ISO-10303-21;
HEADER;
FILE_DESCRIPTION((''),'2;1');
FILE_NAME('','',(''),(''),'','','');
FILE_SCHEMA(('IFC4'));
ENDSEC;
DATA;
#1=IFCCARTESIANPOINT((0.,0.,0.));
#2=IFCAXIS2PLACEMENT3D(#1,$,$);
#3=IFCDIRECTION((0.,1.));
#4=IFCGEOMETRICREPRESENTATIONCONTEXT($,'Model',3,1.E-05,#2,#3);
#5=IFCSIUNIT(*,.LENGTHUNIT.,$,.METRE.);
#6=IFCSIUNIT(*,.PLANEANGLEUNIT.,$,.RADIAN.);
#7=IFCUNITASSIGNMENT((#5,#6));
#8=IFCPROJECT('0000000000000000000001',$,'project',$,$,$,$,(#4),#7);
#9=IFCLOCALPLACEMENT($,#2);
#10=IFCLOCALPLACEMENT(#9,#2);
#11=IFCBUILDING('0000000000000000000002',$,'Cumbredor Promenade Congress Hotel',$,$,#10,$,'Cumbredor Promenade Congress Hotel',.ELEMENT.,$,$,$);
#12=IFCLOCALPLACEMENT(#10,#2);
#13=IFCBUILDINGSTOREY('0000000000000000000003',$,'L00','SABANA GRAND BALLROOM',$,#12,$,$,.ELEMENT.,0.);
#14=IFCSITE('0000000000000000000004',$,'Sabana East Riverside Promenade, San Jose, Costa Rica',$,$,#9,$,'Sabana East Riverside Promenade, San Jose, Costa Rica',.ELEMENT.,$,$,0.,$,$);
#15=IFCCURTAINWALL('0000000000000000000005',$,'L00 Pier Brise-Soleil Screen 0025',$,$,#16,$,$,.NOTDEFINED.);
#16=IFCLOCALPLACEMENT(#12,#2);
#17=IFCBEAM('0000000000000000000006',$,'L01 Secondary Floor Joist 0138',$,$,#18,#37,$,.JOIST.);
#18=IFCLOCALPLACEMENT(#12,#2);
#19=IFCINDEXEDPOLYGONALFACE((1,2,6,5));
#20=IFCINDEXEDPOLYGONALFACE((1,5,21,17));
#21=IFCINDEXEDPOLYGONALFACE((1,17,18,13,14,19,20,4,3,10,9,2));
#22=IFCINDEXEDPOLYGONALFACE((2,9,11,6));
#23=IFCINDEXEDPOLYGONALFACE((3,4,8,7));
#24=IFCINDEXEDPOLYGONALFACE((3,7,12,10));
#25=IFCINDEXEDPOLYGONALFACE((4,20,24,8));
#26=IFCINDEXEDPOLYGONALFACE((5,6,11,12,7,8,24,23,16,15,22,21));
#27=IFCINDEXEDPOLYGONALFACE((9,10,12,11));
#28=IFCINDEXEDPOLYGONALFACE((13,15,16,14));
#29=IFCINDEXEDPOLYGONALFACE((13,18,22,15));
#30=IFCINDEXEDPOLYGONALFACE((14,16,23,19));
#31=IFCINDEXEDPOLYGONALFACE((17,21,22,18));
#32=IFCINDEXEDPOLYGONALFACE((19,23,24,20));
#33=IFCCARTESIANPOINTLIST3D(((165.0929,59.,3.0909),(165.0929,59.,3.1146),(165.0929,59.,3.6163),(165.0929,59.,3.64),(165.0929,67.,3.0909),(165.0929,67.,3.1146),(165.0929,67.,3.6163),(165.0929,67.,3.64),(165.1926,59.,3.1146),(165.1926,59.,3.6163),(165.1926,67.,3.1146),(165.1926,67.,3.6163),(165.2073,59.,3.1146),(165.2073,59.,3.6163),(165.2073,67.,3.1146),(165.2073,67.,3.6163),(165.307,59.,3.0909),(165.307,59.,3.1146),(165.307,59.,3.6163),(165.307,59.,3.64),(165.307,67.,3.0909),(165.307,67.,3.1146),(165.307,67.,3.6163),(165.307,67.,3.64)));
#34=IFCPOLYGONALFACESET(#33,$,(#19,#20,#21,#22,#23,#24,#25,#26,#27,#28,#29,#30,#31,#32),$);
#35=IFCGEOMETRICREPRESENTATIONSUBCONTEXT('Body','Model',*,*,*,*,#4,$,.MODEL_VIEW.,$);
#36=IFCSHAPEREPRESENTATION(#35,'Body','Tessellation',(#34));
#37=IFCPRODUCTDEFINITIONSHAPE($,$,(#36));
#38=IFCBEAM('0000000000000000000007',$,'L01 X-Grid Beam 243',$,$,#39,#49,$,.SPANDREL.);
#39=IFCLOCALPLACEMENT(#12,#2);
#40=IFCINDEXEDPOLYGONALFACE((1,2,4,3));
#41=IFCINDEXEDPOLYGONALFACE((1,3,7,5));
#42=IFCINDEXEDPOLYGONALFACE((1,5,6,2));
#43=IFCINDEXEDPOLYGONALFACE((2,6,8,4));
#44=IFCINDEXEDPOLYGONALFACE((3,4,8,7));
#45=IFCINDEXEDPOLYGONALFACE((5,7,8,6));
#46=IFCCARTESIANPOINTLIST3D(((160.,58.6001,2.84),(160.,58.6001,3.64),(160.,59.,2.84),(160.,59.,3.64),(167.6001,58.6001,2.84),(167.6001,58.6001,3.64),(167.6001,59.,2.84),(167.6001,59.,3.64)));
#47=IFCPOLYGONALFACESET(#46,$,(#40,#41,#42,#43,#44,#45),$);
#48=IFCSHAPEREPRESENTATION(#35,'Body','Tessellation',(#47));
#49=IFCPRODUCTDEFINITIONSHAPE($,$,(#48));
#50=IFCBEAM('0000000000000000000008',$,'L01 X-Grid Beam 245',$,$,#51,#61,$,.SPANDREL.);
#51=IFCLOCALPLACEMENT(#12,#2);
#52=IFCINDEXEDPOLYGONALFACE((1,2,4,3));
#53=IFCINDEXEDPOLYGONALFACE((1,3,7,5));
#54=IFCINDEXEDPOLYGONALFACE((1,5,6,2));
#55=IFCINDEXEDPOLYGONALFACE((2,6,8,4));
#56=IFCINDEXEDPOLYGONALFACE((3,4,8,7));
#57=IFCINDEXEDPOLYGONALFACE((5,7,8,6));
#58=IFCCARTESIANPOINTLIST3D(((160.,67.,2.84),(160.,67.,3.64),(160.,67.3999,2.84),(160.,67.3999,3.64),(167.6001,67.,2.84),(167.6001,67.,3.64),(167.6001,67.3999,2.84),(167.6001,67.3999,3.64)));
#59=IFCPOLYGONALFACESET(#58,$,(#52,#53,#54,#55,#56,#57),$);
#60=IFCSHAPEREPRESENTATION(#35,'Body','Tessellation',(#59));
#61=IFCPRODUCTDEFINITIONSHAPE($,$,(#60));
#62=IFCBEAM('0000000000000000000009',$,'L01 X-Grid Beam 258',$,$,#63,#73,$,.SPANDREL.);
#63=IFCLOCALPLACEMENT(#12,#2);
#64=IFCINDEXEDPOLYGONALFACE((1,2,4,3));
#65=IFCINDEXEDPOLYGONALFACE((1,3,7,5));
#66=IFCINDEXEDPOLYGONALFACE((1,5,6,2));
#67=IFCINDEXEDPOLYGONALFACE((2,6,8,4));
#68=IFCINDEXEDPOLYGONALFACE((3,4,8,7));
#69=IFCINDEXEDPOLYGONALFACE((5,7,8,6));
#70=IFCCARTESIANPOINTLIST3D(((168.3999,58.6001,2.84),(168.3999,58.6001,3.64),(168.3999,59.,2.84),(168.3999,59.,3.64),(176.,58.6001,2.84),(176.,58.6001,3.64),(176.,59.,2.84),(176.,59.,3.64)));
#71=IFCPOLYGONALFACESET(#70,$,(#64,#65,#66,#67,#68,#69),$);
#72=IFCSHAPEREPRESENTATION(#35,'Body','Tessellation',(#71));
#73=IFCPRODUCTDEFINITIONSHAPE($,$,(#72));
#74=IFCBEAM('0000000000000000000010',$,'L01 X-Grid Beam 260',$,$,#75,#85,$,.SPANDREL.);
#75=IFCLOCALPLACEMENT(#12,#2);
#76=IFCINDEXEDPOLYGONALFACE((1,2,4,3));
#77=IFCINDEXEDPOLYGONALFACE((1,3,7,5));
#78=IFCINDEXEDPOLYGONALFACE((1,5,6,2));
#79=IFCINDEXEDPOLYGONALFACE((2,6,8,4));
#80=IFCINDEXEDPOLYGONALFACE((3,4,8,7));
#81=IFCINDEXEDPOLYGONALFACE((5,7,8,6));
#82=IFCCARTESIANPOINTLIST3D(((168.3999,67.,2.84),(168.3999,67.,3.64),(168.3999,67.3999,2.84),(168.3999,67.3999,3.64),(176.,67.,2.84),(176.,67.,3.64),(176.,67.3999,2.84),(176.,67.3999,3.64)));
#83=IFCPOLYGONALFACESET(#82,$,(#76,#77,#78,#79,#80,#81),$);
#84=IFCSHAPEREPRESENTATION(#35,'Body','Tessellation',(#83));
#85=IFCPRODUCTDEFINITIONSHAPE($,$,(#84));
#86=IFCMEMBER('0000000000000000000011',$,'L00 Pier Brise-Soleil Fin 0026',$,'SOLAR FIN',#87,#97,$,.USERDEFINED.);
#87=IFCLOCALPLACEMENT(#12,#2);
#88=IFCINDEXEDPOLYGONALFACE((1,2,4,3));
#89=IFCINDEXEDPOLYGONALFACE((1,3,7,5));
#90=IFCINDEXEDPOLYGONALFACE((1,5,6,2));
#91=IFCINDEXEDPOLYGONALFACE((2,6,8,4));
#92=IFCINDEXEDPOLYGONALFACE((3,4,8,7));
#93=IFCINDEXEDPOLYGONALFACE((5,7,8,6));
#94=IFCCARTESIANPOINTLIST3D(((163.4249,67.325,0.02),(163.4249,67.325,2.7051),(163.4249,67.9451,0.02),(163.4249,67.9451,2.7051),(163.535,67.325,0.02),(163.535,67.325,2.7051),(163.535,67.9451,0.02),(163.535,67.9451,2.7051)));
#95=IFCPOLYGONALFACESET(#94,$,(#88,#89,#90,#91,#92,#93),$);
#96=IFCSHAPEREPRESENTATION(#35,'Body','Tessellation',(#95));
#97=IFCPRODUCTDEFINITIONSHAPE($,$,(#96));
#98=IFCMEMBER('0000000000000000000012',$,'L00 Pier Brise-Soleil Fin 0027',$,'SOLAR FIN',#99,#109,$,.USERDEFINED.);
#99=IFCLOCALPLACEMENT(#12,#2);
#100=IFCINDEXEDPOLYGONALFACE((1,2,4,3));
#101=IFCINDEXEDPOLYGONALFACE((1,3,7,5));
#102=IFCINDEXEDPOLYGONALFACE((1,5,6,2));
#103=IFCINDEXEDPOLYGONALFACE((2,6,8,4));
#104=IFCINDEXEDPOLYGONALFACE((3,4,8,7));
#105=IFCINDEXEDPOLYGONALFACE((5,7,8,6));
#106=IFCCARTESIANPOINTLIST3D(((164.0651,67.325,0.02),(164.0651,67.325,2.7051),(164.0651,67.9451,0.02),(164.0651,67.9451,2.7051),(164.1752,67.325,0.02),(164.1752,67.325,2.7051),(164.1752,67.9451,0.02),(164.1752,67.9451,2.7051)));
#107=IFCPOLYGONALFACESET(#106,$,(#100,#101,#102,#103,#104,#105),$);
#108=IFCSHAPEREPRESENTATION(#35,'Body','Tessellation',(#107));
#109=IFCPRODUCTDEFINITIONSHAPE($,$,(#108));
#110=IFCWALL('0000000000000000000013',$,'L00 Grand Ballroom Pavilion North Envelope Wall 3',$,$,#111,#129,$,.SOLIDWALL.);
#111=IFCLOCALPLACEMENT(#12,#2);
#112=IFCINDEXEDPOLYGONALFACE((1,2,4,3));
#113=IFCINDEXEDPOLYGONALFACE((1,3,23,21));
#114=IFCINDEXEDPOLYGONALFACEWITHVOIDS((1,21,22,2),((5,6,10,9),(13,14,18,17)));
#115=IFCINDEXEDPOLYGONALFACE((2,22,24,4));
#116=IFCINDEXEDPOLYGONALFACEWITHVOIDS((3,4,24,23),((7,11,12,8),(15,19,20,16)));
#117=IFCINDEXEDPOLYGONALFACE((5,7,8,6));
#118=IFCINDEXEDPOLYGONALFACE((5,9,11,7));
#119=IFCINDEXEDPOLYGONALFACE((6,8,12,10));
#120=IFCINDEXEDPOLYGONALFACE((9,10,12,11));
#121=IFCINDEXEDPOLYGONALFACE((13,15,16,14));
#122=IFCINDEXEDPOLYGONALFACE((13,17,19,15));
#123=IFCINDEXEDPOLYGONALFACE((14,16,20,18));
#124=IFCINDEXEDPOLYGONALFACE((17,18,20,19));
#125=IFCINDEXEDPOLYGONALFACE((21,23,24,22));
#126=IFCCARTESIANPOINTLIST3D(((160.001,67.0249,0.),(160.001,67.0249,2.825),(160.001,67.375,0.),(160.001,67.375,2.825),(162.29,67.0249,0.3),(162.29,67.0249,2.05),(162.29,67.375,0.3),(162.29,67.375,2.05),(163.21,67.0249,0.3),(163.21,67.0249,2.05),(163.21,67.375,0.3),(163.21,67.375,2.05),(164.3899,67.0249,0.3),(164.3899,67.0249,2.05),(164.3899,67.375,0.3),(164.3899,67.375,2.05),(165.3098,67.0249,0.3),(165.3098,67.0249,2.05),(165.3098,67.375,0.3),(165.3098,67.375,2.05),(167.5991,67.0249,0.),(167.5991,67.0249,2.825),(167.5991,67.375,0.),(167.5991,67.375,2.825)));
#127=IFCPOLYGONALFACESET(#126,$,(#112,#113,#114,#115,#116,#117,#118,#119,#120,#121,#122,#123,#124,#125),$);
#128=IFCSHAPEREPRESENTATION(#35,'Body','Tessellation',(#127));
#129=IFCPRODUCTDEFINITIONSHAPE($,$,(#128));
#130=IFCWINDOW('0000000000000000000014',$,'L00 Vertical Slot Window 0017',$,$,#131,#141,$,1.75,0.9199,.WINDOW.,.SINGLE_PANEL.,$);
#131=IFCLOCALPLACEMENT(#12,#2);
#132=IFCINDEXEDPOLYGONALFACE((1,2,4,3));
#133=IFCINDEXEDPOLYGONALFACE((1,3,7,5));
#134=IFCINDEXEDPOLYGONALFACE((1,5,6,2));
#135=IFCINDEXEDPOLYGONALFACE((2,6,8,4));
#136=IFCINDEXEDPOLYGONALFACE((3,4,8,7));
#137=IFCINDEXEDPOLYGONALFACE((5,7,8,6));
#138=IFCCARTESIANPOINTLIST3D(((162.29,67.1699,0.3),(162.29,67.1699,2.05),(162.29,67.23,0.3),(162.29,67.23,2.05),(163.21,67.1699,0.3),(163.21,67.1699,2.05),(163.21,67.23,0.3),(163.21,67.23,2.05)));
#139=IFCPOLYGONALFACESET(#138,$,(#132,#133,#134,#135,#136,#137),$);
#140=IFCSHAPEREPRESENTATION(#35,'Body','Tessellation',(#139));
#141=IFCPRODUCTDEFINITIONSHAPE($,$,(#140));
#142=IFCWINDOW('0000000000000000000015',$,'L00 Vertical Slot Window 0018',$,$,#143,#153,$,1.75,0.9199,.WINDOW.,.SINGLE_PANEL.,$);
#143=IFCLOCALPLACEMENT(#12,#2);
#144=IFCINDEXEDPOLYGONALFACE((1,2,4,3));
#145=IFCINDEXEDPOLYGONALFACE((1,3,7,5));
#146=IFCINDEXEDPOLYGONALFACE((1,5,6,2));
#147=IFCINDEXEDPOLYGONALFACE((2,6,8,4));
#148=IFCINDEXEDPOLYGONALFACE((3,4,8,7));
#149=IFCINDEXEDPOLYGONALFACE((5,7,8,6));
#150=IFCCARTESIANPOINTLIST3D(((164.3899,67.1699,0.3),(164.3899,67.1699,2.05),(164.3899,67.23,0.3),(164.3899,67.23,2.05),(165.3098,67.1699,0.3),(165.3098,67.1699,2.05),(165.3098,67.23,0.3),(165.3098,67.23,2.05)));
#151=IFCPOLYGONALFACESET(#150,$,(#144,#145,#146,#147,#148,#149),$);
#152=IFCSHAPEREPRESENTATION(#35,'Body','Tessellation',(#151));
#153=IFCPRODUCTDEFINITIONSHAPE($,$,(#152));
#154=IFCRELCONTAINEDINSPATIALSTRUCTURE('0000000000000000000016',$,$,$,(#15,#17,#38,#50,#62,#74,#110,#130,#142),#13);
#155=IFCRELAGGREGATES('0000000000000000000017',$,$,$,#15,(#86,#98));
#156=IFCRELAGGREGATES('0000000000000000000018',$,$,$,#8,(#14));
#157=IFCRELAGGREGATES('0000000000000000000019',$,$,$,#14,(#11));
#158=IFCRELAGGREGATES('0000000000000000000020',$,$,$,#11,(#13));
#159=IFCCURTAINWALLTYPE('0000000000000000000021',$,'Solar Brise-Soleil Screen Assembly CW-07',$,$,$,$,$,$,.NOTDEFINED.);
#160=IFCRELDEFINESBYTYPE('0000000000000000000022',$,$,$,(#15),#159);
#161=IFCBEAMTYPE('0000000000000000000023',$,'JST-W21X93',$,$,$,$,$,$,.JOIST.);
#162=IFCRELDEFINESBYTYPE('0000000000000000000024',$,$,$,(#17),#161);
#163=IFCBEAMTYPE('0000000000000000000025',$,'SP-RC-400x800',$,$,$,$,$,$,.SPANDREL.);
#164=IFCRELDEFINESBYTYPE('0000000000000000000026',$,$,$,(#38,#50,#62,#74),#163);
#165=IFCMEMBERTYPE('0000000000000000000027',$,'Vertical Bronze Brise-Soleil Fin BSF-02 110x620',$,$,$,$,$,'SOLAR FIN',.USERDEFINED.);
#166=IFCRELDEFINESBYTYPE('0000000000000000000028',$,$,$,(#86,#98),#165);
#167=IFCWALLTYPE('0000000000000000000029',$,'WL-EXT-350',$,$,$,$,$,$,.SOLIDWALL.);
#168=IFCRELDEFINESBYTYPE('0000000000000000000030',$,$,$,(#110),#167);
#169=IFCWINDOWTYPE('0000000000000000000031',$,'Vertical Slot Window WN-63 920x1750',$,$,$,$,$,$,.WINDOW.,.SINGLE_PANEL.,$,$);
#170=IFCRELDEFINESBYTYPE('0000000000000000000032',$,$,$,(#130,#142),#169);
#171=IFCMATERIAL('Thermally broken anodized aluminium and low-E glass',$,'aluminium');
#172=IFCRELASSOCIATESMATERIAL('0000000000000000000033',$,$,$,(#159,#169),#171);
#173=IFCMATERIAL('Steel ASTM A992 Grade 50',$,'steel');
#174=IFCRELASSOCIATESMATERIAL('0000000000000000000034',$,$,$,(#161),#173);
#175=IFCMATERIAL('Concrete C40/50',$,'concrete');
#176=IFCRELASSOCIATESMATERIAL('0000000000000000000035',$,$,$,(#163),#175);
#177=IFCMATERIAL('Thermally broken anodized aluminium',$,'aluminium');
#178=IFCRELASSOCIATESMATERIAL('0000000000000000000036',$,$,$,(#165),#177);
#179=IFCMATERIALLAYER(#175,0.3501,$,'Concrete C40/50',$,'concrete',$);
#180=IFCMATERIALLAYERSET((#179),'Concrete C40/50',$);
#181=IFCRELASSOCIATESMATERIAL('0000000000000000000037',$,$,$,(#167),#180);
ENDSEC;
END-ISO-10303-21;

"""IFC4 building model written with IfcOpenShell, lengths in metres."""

from ifc_helpers import new_model, si_unit, direction, frame, frame_2d, origin, origin_2d, place, context, subcontext, project, spatial, rectangle, i_section, extrude, material, layer, layer_set, material_profile, profile_set, type_object, element, fill, aggregate, save


model = new_model("IFC4")

# Units and contexts
model_context = context("Model", 3, precision=1e-05, world=origin(), true_north=direction((0.0, 1.0)))
body_context = subcontext(model_context, "Body", "Model", "MODEL_VIEW")
ifc_project = project(units=[si_unit("LENGTHUNIT", "METRE"), si_unit("PLANEANGLEUNIT", "RADIAN")], contexts=[model_context])

# Site, building, storey
site_placement = place(None, origin())
site = spatial("IfcSite", under=ifc_project, at=site_placement, Name="Sabana East Riverside Promenade, San Jose, Costa Rica", LongName="Sabana East Riverside Promenade, San Jose, Costa Rica", CompositionType="ELEMENT", RefElevation=0.0)
building_placement = place(site_placement, origin())
building = spatial("IfcBuilding", under=site, at=building_placement, Name="Cumbredor Promenade Congress Hotel", LongName="Cumbredor Promenade Congress Hotel", CompositionType="ELEMENT")
storey_placement = place(building_placement, origin())
storey = spatial("IfcBuildingStorey", under=building, at=storey_placement, Name="L00", Description="SABANA GRAND BALLROOM", CompositionType="ELEMENT", Elevation=0.0)

# Shared definitions
ifc_material_1 = material(Name="Concrete C40/50", Category="concrete")

# Curtain wall
ifc_material_2 = material(Name="Thermally broken anodized aluminium and low-E glass", Category="aluminium")
ifc_material_3 = material(Name="Thermally broken anodized aluminium", Category="aluminium")
curtain_wall_type_1 = type_object("IfcCurtainWallType", Name="Solar Brise-Soleil Screen Assembly CW-07", PredefinedType="NOTDEFINED", material=ifc_material_2)
curtain_wall_1_placement = place(storey_placement, origin())
curtain_wall_1 = element("IfcCurtainWall", 1, at=curtain_wall_1_placement, inside=storey, type_object=curtain_wall_type_1, Name="L00 Pier Brise-Soleil Screen 0025", PredefinedType="NOTDEFINED")

# Beams
ifc_material_4 = material(Name="Steel ASTM A992 Grade 50", Category="steel")
ifc_material_profile_1 = material_profile(ifc_material_4, i_section(OverallWidth=0.2141, OverallDepth=0.5491, WebThickness=0.0146, FlangeThickness=0.0237, at=origin_2d()), Name="W21X93")
ifc_profile_set_1 = profile_set([ifc_material_profile_1], Name="Steel ASTM A992 Grade 50")
beam_type_1 = type_object("IfcBeamType", Name="JST-W21X93", PredefinedType="JOIST", material=ifc_profile_set_1)
for number, where, z_axis, x_axis, name in (
    (2, (165.2, 59.0, 3.3655), (0.0, 1.0, 0.0), (-1.0, 0.0, 0.0), "L01 Secondary Floor Joist 0138"),
):
    element("IfcBeam", number, at=place(storey_placement, frame(where, z_axis=z_axis, x_axis=x_axis)), inside=storey, type_object=beam_type_1, Name=name, PredefinedType="JOIST", context=body_context, shape_type="SweptSolid", body=[
        extrude(i_section(OverallWidth=0.2141, OverallDepth=0.5491, WebThickness=0.0146, FlangeThickness=0.0237, at=origin_2d()), origin(), (0.0, 0.0, 1.0), 8.0),
    ])
ifc_material_profile_2 = material_profile(ifc_material_1, rectangle(XDim=0.3999, YDim=0.8, at=origin_2d()), Name="RC SPANDREL 400x800")
ifc_profile_set_2 = profile_set([ifc_material_profile_2], Name="Concrete C40/50")
beam_type_2 = type_object("IfcBeamType", Name="SP-RC-400x800", PredefinedType="SPANDREL", material=ifc_profile_set_2)
for number, where, z_axis, x_axis, name in (
    (3, (160.0, 58.8, 3.24), (1.0, 0.0, 0.0), (0.0, 1.0, 0.0), "L01 X-Grid Beam 243"),
    (4, (160.0, 67.2, 3.24), (1.0, 0.0, 0.0), (0.0, 1.0, 0.0), "L01 X-Grid Beam 245"),
    (5, (168.3999, 58.8, 3.24), (1.0, 0.0, 0.0), (0.0, 1.0, 0.0), "L01 X-Grid Beam 258"),
    (6, (168.3999, 67.2, 3.24), (1.0, 0.0, 0.0), (0.0, 1.0, 0.0), "L01 X-Grid Beam 260"),
):
    element("IfcBeam", number, at=place(storey_placement, frame(where, z_axis=z_axis, x_axis=x_axis)), inside=storey, type_object=beam_type_2, Name=name, PredefinedType="SPANDREL", context=body_context, shape_type="SweptSolid", body=[
        extrude(rectangle(XDim=0.3999, YDim=0.8, at=origin_2d()), origin(), (0.0, 0.0, 1.0), 7.6001),
    ])

# Members
ifc_material_profile_3 = material_profile(ifc_material_3, rectangle(XDim=0.1101, YDim=0.6201, at=origin_2d()), Name="ARCH FIN 110x620")
ifc_profile_set_3 = profile_set([ifc_material_profile_3], Name="Thermally broken anodized aluminium")
member_type_1 = type_object("IfcMemberType", Name="Vertical Bronze Brise-Soleil Fin BSF-02 110x620", ElementType="SOLAR FIN", PredefinedType="USERDEFINED", material=ifc_profile_set_3)
member_1_placement = place(storey_placement, frame((163.48, 67.635, 0.02), z_axis=(0.0, 0.0, 1.0), x_axis=(1.0, 0.0, 0.0)))
member_1 = element("IfcMember", 7, at=member_1_placement, type_object=member_type_1, Name="L00 Pier Brise-Soleil Fin 0026", ObjectType="SOLAR FIN", PredefinedType="USERDEFINED", context=body_context, shape_type="SweptSolid", body=[
    extrude(rectangle(XDim=0.1101, YDim=0.6201, at=origin_2d()), origin(), (0.0, 0.0, 1.0), 2.6851),
])
member_2_placement = place(storey_placement, frame((164.1201, 67.635, 0.02), z_axis=(0.0, 0.0, 1.0), x_axis=(1.0, 0.0, 0.0)))
member_2 = element("IfcMember", 8, at=member_2_placement, type_object=member_type_1, Name="L00 Pier Brise-Soleil Fin 0027", ObjectType="SOLAR FIN", PredefinedType="USERDEFINED", context=body_context, shape_type="SweptSolid", body=[
    extrude(rectangle(XDim=0.1101, YDim=0.6201, at=origin_2d()), origin(), (0.0, 0.0, 1.0), 2.6851),
])
aggregate(curtain_wall_1, [member_1, member_2])

# Wall, openings, windows
ifc_layer_1 = layer(ifc_material_1, 0.3501, Name="Concrete C40/50", Category="concrete")
ifc_layer_set_1 = layer_set([ifc_layer_1], Name="Concrete C40/50")
wall_type_1 = type_object("IfcWallType", Name="WL-EXT-350", PredefinedType="SOLIDWALL", material=ifc_layer_set_1)
wall_1_placement = place(storey_placement, frame((160.001, 67.2, 0.0), z_axis=(0.0, 0.0, 1.0), x_axis=(1.0, 0.0, 0.0)))
wall_1 = element("IfcWall", 9, at=wall_1_placement, inside=storey, type_object=wall_type_1, Name="L00 Grand Ballroom Pavilion North Envelope Wall 3", PredefinedType="SOLIDWALL", context=body_context, shape_type="SweptSolid", body=[
    extrude(rectangle(XDim=7.5981, YDim=0.3501, at=frame_2d((3.7991, 0.0))), origin(), (0.0, 0.0, 1.0), 2.825),
])
opening_1_placement = place(wall_1_placement, frame((2.2891, 0.0, 0.3)))
opening_1 = element("IfcOpeningElement", 10, at=opening_1_placement, cuts=wall_1, PredefinedType="OPENING", context=body_context, shape_type="SweptSolid", body=[
    extrude(rectangle(XDim=0.9199, YDim=1.75, at=frame_2d((0.46, 0.875))), frame((0.0, 0.1851, 0.0), z_axis=(0.0, -1.0, 0.0), x_axis=(1.0, 0.0, 0.0)), (0.0, 0.0, 1.0), 0.3701),
])
opening_2_placement = place(wall_1_placement, frame((4.3889, 0.0, 0.3)))
opening_2 = element("IfcOpeningElement", 11, at=opening_2_placement, cuts=wall_1, PredefinedType="OPENING", context=body_context, shape_type="SweptSolid", body=[
    extrude(rectangle(XDim=0.9199, YDim=1.75, at=frame_2d((0.46, 0.875))), frame((0.0, 0.1851, 0.0), z_axis=(0.0, -1.0, 0.0), x_axis=(1.0, 0.0, 0.0)), (0.0, 0.0, 1.0), 0.3701),
])
window_type = type_object("IfcWindowType", Name="Vertical Slot Window WN-63 920x1750", PartitioningType="SINGLE_PANEL", PredefinedType="WINDOW", material=ifc_material_2)
window_1_placement = place(opening_1_placement, origin())
window_1 = element("IfcWindow", 12, at=window_1_placement, inside=storey, type_object=window_type, Name="L00 Vertical Slot Window 0017", OverallHeight=1.75, OverallWidth=0.9199, PartitioningType="SINGLE_PANEL", PredefinedType="WINDOW", context=body_context, shape_type="SweptSolid", body=[
    extrude(rectangle(XDim=0.9199, YDim=1.75, at=frame_2d((0.46, 0.875))), frame((0.0, 0.03, 0.0), z_axis=(0.0, -1.0, 0.0), x_axis=(1.0, 0.0, 0.0)), (0.0, 0.0, 1.0), 0.0601),
])
fill(opening_1, window_1)
window_2_placement = place(opening_2_placement, origin())
window_2 = element("IfcWindow", 13, at=window_2_placement, inside=storey, type_object=window_type, Name="L00 Vertical Slot Window 0018", OverallHeight=1.75, OverallWidth=0.9199, PartitioningType="SINGLE_PANEL", PredefinedType="WINDOW", context=body_context, shape_type="SweptSolid", body=[
    extrude(rectangle(XDim=0.9199, YDim=1.75, at=frame_2d((0.46, 0.875))), frame((0.0, 0.03, 0.0), z_axis=(0.0, -1.0, 0.0), x_axis=(1.0, 0.0, 0.0)), (0.0, 0.0, 1.0), 0.0601),
])
fill(opening_2, window_2)

save(model, "model.ifc")
